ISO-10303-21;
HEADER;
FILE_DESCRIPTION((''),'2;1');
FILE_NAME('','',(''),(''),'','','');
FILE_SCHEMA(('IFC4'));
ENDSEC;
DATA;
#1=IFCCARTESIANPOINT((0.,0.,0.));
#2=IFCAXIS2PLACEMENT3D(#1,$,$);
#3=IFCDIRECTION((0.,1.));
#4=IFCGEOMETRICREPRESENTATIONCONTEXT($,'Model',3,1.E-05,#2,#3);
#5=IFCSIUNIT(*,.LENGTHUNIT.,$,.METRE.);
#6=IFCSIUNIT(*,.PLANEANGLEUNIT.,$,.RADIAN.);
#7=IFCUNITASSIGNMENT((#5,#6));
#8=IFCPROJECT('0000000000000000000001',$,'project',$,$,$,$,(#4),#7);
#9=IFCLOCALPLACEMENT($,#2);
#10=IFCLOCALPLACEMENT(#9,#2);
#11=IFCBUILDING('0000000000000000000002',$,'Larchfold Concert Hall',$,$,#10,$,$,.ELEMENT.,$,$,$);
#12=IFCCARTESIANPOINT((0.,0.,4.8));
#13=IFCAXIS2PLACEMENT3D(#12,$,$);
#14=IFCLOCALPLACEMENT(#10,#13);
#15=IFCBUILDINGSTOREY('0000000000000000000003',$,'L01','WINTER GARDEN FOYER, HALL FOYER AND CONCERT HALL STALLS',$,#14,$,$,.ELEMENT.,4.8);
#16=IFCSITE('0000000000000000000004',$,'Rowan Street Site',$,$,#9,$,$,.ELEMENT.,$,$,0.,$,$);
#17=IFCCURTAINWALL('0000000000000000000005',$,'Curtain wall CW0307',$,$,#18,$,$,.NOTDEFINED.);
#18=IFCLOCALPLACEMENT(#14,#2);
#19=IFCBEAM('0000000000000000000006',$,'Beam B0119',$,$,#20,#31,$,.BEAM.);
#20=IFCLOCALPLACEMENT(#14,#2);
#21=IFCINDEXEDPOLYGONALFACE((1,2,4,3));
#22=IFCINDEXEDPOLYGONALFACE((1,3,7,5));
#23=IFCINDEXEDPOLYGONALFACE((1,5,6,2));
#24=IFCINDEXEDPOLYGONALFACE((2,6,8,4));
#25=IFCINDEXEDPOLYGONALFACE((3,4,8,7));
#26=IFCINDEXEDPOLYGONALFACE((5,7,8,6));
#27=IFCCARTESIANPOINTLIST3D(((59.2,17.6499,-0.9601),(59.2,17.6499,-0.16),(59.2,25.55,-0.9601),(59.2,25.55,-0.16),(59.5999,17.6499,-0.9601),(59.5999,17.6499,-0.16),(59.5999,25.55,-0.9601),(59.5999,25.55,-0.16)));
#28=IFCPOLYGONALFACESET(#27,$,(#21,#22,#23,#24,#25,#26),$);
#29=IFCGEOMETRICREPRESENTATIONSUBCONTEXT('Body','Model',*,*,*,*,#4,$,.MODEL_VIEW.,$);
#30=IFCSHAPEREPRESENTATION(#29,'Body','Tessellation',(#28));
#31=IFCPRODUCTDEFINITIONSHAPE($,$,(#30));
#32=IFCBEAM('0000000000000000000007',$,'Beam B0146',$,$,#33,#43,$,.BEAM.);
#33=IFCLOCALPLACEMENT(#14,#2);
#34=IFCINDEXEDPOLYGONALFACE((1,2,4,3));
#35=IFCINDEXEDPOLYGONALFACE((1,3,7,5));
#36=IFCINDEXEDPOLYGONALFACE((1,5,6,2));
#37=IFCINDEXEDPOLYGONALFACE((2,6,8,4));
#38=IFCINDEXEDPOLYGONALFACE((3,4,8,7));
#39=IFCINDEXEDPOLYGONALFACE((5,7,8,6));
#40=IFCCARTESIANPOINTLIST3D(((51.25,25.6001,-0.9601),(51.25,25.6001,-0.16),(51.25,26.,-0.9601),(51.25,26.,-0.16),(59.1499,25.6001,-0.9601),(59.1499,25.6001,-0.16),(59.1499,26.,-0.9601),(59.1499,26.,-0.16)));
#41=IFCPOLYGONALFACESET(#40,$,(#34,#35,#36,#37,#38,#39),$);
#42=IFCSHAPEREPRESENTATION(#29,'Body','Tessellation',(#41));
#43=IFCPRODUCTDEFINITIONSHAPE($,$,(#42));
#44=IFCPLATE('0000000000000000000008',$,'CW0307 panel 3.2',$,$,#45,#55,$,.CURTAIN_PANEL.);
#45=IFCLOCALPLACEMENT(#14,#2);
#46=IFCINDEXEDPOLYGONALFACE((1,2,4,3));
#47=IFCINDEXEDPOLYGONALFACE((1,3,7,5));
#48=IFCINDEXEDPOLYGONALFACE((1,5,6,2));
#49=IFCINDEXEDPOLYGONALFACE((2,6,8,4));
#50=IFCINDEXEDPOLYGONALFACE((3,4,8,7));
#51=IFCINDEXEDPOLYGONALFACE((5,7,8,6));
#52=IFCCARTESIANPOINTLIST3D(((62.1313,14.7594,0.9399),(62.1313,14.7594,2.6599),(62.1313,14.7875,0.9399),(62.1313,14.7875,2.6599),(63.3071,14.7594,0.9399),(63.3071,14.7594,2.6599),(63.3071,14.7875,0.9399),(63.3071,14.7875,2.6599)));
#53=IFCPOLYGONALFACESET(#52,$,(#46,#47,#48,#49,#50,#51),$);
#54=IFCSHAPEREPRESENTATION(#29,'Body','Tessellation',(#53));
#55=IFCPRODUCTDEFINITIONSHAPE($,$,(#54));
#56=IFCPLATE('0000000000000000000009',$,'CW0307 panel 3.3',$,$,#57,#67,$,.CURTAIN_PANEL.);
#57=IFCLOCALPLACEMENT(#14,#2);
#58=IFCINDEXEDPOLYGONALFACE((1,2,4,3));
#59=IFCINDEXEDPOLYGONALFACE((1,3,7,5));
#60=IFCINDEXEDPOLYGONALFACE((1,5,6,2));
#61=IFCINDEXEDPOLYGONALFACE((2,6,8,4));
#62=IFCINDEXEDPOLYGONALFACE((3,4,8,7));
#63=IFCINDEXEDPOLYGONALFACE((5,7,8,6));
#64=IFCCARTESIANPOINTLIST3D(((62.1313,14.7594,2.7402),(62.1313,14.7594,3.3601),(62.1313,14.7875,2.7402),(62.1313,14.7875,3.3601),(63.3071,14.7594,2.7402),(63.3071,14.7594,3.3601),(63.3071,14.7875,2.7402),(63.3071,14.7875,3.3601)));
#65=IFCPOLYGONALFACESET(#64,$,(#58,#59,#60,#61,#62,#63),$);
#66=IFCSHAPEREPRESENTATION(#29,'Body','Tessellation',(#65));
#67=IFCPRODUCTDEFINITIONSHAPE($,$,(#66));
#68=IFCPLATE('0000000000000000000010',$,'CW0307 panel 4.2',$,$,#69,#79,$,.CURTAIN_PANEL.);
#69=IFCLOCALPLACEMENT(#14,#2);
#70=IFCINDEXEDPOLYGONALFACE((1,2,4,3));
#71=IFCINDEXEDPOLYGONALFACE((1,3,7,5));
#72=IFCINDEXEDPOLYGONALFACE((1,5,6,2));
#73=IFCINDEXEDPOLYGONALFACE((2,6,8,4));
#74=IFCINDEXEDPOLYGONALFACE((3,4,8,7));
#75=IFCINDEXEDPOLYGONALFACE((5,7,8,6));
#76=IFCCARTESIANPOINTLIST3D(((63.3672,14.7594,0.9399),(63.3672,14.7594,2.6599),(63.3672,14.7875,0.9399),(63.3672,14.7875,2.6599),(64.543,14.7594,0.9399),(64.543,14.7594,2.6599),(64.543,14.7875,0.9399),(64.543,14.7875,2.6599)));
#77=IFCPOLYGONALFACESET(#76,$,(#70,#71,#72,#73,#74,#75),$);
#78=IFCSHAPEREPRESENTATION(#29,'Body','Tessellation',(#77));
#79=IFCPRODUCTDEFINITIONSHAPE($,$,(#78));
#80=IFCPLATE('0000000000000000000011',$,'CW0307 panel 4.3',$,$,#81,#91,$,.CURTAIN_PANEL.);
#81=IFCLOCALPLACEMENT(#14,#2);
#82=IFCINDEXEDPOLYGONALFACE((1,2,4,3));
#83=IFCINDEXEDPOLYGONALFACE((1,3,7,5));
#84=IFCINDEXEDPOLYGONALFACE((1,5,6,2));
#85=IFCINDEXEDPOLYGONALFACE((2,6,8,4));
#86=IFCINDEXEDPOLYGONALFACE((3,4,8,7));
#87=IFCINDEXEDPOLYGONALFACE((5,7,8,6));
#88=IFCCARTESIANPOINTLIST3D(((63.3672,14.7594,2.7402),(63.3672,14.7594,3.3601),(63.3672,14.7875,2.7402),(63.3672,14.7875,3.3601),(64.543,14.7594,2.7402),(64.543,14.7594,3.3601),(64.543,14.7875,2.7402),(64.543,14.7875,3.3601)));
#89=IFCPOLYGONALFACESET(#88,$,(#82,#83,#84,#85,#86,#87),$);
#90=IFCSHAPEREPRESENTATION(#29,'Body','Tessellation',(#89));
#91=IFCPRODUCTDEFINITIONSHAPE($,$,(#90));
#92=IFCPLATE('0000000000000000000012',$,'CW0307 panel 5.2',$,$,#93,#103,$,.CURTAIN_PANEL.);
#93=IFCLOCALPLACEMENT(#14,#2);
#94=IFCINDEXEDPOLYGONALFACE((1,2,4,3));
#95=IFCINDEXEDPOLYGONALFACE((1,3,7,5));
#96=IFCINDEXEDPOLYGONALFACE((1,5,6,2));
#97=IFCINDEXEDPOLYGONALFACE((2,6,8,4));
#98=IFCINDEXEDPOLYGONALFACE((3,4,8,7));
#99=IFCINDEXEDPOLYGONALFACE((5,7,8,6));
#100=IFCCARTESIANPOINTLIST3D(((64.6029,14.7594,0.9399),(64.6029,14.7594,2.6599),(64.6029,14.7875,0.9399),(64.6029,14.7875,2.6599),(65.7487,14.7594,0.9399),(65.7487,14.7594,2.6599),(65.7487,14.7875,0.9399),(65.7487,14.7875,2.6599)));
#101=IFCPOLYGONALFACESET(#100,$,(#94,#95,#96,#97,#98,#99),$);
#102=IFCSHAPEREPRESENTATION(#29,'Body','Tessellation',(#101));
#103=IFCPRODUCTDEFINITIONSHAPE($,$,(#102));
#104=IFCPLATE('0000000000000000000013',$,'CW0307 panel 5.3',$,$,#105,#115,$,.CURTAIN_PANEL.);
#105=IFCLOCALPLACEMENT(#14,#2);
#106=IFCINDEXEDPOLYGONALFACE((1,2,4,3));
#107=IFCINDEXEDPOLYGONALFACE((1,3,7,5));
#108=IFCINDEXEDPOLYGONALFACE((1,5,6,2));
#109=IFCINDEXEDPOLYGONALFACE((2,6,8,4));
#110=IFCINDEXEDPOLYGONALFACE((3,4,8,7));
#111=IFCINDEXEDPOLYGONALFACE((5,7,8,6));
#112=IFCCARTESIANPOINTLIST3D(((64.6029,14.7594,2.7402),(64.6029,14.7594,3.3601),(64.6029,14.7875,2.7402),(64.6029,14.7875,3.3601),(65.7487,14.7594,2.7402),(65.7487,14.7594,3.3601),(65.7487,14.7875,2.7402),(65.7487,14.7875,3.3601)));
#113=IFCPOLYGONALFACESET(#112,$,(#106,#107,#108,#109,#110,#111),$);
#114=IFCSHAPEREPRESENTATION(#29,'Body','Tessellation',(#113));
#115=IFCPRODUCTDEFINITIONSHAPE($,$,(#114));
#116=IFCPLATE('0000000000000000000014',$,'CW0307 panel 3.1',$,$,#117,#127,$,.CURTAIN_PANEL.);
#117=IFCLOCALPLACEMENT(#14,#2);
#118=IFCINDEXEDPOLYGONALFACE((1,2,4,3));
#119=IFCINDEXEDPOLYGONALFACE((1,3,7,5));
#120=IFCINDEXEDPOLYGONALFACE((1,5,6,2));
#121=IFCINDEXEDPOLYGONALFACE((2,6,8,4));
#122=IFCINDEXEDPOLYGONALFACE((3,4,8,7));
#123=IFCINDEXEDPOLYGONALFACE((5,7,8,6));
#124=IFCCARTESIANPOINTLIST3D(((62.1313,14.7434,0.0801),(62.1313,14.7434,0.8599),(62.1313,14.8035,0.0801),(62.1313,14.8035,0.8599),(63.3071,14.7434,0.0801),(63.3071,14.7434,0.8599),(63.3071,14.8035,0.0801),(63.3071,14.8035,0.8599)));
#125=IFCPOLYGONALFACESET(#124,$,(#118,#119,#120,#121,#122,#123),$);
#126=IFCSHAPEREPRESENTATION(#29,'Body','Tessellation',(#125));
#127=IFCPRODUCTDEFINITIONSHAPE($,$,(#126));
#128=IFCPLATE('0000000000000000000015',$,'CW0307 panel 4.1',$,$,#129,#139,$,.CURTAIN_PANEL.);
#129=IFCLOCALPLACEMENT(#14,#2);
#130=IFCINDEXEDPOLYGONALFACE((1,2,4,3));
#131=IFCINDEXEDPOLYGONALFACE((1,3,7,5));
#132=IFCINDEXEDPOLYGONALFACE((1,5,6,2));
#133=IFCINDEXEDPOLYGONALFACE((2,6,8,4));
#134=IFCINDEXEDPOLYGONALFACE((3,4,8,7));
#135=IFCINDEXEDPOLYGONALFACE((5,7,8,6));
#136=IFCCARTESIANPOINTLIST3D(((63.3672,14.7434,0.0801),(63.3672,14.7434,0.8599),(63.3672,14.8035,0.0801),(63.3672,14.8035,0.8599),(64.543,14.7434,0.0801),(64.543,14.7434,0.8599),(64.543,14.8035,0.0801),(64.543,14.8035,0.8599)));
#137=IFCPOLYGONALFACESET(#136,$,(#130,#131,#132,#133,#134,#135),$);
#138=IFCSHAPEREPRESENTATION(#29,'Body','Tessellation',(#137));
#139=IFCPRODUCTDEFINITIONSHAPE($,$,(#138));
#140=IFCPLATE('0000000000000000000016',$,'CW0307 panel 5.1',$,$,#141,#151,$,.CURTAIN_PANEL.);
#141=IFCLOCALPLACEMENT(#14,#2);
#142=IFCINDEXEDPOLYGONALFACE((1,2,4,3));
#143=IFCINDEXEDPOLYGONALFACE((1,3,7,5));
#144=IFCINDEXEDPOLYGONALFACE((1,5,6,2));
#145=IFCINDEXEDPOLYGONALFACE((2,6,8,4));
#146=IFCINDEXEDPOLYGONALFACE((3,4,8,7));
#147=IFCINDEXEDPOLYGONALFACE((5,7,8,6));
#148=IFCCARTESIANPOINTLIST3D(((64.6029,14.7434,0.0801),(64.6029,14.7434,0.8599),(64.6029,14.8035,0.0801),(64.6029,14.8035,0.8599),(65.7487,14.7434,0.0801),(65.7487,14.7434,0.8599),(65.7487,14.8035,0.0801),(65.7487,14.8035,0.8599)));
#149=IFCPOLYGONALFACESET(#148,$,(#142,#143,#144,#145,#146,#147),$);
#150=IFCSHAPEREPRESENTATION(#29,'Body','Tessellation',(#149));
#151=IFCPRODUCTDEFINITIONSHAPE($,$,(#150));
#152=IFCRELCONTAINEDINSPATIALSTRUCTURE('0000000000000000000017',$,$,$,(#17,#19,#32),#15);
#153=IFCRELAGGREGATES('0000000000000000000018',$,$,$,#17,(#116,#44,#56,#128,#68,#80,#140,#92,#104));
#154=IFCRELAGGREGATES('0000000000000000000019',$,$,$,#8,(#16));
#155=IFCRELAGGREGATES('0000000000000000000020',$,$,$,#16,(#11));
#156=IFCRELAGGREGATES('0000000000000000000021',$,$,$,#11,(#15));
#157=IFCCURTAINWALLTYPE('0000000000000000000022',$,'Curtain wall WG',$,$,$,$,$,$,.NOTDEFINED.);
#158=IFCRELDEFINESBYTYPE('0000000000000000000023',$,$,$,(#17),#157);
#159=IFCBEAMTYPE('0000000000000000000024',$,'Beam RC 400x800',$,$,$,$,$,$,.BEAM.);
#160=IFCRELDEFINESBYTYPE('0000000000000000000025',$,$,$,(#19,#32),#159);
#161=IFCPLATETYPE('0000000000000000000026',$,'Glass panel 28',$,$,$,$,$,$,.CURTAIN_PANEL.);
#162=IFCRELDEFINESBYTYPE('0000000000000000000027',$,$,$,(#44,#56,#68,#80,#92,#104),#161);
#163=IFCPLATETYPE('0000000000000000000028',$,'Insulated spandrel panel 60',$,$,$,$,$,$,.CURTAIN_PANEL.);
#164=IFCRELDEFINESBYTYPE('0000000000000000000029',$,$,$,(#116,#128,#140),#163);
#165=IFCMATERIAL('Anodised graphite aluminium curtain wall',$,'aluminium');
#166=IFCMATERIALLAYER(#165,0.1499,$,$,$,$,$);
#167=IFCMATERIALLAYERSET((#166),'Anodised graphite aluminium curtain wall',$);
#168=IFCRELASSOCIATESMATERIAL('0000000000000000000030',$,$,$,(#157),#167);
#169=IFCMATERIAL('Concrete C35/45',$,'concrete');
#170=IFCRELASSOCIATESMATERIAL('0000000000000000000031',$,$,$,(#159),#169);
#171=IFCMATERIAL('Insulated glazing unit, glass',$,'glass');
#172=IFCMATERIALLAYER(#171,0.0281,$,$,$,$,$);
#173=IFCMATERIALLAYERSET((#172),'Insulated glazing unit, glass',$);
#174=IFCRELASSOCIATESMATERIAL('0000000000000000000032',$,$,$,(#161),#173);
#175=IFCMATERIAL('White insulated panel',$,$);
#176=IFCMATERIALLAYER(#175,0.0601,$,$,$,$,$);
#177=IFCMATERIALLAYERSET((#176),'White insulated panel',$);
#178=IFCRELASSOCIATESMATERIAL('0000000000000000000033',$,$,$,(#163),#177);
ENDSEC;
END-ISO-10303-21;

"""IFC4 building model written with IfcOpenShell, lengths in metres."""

from ifc_helpers import new_model, si_unit, direction, frame, origin, origin_2d, place, context, subcontext, project, spatial, rectangle, extrude, material, layer, layer_set, material_profile, profile_set, type_object, element, aggregate, save


model = new_model("IFC4")

# Units and contexts
model_context = context("Model", 3, precision=1e-05, world=origin(), true_north=direction((0.0, 1.0)))
body_context = subcontext(model_context, "Body", "Model", "MODEL_VIEW")
ifc_project = project(units=[si_unit("LENGTHUNIT", "METRE"), si_unit("PLANEANGLEUNIT", "RADIAN")], contexts=[model_context])

# Site, building, storey
site_placement = place(None, origin())
site = spatial("IfcSite", under=ifc_project, at=site_placement, Name="Rowan Street Site", CompositionType="ELEMENT", RefElevation=0.0)
building_placement = place(site_placement, origin())
building = spatial("IfcBuilding", under=site, at=building_placement, Name="Larchfold Concert Hall", CompositionType="ELEMENT")
storey_placement = place(building_placement, frame((0.0, 0.0, 4.8)))
storey = spatial("IfcBuildingStorey", under=building, at=storey_placement, Name="L01", Description="WINTER GARDEN FOYER, HALL FOYER AND CONCERT HALL STALLS", CompositionType="ELEMENT", Elevation=4.8)

# Curtain wall
ifc_material_1 = material(Name="Anodised graphite aluminium curtain wall", Category="aluminium")
ifc_layer_1 = layer(ifc_material_1, 0.1499)
ifc_layer_set_1 = layer_set([ifc_layer_1], Name="Anodised graphite aluminium curtain wall")
curtain_wall_type = type_object("IfcCurtainWallType", Name="Curtain wall WG", PredefinedType="NOTDEFINED", material=ifc_layer_set_1)
curtain_wall_1_placement = place(storey_placement, origin())
curtain_wall_1 = element("IfcCurtainWall", 1, at=curtain_wall_1_placement, inside=storey, type_object=curtain_wall_type, Name="Curtain wall CW0307", PredefinedType="NOTDEFINED")

# Beams
ifc_material_2 = material(Name="Concrete C35/45", Category="concrete")
ifc_material_profile_1 = material_profile(ifc_material_2, rectangle(XDim=0.3999, YDim=0.8, at=origin_2d()))
ifc_profile_set_1 = profile_set([ifc_material_profile_1], Name="Concrete C35/45")
beam_type = type_object("IfcBeamType", Name="Beam RC 400x800", PredefinedType="BEAM", material=ifc_profile_set_1)
beam_1_placement = place(storey_placement, frame((59.3999, 17.6499, -0.5601), z_axis=(0.0, 1.0, 0.0), x_axis=(-1.0, 0.0, 0.0)))
element("IfcBeam", 2, at=beam_1_placement, inside=storey, type_object=beam_type, Name="Beam B0119", PredefinedType="BEAM", context=body_context, shape_type="SweptSolid", body=[
    extrude(rectangle(XDim=0.3999, YDim=0.8, at=origin_2d()), origin(), (0.0, 0.0, 1.0), 7.9001),
])
beam_2_placement = place(storey_placement, frame((51.25, 25.8, -0.5601), z_axis=(1.0, 0.0, 0.0), x_axis=(0.0, 1.0, 0.0)))
element("IfcBeam", 3, at=beam_2_placement, inside=storey, type_object=beam_type, Name="Beam B0146", PredefinedType="BEAM", context=body_context, shape_type="SweptSolid", body=[
    extrude(rectangle(XDim=0.3999, YDim=0.8, at=origin_2d()), origin(), (0.0, 0.0, 1.0), 7.8999),
])

# Plates
ifc_material_3 = material(Name="Insulated glazing unit, glass", Category="glass")
ifc_layer_2 = layer(ifc_material_3, 0.0281)
ifc_layer_set_2 = layer_set([ifc_layer_2], Name="Insulated glazing unit, glass")
plate_type_1 = type_object("IfcPlateType", Name="Glass panel 28", PredefinedType="CURTAIN_PANEL", material=ifc_layer_set_2)
plate_1_placement = place(storey_placement, frame((62.7192, 14.7734, 0.9399), z_axis=(0.0, 0.0, 1.0), x_axis=(1.0, 0.0, 0.0)))
plate_1 = element("IfcPlate", 4, at=plate_1_placement, type_object=plate_type_1, Name="CW0307 panel 3.2", PredefinedType="CURTAIN_PANEL", context=body_context, shape_type="SweptSolid", body=[
    extrude(rectangle(XDim=1.1758, YDim=0.0281, at=origin_2d()), origin(), (0.0, 0.0, 1.0), 1.72),
])
plate_2_placement = place(storey_placement, frame((62.7192, 14.7734, 2.7402), z_axis=(0.0, 0.0, 1.0), x_axis=(1.0, 0.0, 0.0)))
plate_2 = element("IfcPlate", 5, at=plate_2_placement, type_object=plate_type_1, Name="CW0307 panel 3.3", PredefinedType="CURTAIN_PANEL", context=body_context, shape_type="SweptSolid", body=[
    extrude(rectangle(XDim=1.1758, YDim=0.0281, at=origin_2d()), origin(), (0.0, 0.0, 1.0), 0.6199),
])
plate_3_placement = place(storey_placement, frame((63.9551, 14.7734, 0.9399), z_axis=(0.0, 0.0, 1.0), x_axis=(1.0, 0.0, 0.0)))
plate_3 = element("IfcPlate", 6, at=plate_3_placement, type_object=plate_type_1, Name="CW0307 panel 4.2", PredefinedType="CURTAIN_PANEL", context=body_context, shape_type="SweptSolid", body=[
    extrude(rectangle(XDim=1.1758, YDim=0.0281, at=origin_2d()), origin(), (0.0, 0.0, 1.0), 1.72),
])
plate_4_placement = place(storey_placement, frame((63.9551, 14.7734, 2.7402), z_axis=(0.0, 0.0, 1.0), x_axis=(1.0, 0.0, 0.0)))
plate_4 = element("IfcPlate", 7, at=plate_4_placement, type_object=plate_type_1, Name="CW0307 panel 4.3", PredefinedType="CURTAIN_PANEL", context=body_context, shape_type="SweptSolid", body=[
    extrude(rectangle(XDim=1.1758, YDim=0.0281, at=origin_2d()), origin(), (0.0, 0.0, 1.0), 0.6199),
])
plate_5_placement = place(storey_placement, frame((65.1758, 14.7734, 0.9399), z_axis=(0.0, 0.0, 1.0), x_axis=(1.0, 0.0, 0.0)))
plate_5 = element("IfcPlate", 8, at=plate_5_placement, type_object=plate_type_1, Name="CW0307 panel 5.2", PredefinedType="CURTAIN_PANEL", context=body_context, shape_type="SweptSolid", body=[
    extrude(rectangle(XDim=1.1458, YDim=0.0281, at=origin_2d()), origin(), (0.0, 0.0, 1.0), 1.72),
])
plate_6_placement = place(storey_placement, frame((65.1758, 14.7734, 2.7402), z_axis=(0.0, 0.0, 1.0), x_axis=(1.0, 0.0, 0.0)))
plate_6 = element("IfcPlate", 9, at=plate_6_placement, type_object=plate_type_1, Name="CW0307 panel 5.3", PredefinedType="CURTAIN_PANEL", context=body_context, shape_type="SweptSolid", body=[
    extrude(rectangle(XDim=1.1458, YDim=0.0281, at=origin_2d()), origin(), (0.0, 0.0, 1.0), 0.6199),
])
ifc_material_4 = material(Name="White insulated panel")
ifc_layer_3 = layer(ifc_material_4, 0.0601)
ifc_layer_set_3 = layer_set([ifc_layer_3], Name="White insulated panel")
plate_type_2 = type_object("IfcPlateType", Name="Insulated spandrel panel 60", PredefinedType="CURTAIN_PANEL", material=ifc_layer_set_3)
plate_7_placement = place(storey_placement, frame((62.7192, 14.7734, 0.0801), z_axis=(0.0, 0.0, 1.0), x_axis=(1.0, 0.0, 0.0)))
plate_7 = element("IfcPlate", 10, at=plate_7_placement, type_object=plate_type_2, Name="CW0307 panel 3.1", PredefinedType="CURTAIN_PANEL", context=body_context, shape_type="SweptSolid", body=[
    extrude(rectangle(XDim=1.1758, YDim=0.0601, at=origin_2d()), origin(), (0.0, 0.0, 1.0), 0.7798),
])
plate_8_placement = place(storey_placement, frame((63.9551, 14.7734, 0.0801), z_axis=(0.0, 0.0, 1.0), x_axis=(1.0, 0.0, 0.0)))
plate_8 = element("IfcPlate", 11, at=plate_8_placement, type_object=plate_type_2, Name="CW0307 panel 4.1", PredefinedType="CURTAIN_PANEL", context=body_context, shape_type="SweptSolid", body=[
    extrude(rectangle(XDim=1.1758, YDim=0.0601, at=origin_2d()), origin(), (0.0, 0.0, 1.0), 0.7798),
])
plate_9_placement = place(storey_placement, frame((65.1758, 14.7734, 0.0801), z_axis=(0.0, 0.0, 1.0), x_axis=(1.0, 0.0, 0.0)))
plate_9 = element("IfcPlate", 12, at=plate_9_placement, type_object=plate_type_2, Name="CW0307 panel 5.1", PredefinedType="CURTAIN_PANEL", context=body_context, shape_type="SweptSolid", body=[
    extrude(rectangle(XDim=1.1458, YDim=0.0601, at=origin_2d()), origin(), (0.0, 0.0, 1.0), 0.7798),
])
aggregate(curtain_wall_1, [plate_7, plate_1, plate_2, plate_8, plate_3, plate_4, plate_9, plate_5, plate_6])

save(model, "model.ifc")
